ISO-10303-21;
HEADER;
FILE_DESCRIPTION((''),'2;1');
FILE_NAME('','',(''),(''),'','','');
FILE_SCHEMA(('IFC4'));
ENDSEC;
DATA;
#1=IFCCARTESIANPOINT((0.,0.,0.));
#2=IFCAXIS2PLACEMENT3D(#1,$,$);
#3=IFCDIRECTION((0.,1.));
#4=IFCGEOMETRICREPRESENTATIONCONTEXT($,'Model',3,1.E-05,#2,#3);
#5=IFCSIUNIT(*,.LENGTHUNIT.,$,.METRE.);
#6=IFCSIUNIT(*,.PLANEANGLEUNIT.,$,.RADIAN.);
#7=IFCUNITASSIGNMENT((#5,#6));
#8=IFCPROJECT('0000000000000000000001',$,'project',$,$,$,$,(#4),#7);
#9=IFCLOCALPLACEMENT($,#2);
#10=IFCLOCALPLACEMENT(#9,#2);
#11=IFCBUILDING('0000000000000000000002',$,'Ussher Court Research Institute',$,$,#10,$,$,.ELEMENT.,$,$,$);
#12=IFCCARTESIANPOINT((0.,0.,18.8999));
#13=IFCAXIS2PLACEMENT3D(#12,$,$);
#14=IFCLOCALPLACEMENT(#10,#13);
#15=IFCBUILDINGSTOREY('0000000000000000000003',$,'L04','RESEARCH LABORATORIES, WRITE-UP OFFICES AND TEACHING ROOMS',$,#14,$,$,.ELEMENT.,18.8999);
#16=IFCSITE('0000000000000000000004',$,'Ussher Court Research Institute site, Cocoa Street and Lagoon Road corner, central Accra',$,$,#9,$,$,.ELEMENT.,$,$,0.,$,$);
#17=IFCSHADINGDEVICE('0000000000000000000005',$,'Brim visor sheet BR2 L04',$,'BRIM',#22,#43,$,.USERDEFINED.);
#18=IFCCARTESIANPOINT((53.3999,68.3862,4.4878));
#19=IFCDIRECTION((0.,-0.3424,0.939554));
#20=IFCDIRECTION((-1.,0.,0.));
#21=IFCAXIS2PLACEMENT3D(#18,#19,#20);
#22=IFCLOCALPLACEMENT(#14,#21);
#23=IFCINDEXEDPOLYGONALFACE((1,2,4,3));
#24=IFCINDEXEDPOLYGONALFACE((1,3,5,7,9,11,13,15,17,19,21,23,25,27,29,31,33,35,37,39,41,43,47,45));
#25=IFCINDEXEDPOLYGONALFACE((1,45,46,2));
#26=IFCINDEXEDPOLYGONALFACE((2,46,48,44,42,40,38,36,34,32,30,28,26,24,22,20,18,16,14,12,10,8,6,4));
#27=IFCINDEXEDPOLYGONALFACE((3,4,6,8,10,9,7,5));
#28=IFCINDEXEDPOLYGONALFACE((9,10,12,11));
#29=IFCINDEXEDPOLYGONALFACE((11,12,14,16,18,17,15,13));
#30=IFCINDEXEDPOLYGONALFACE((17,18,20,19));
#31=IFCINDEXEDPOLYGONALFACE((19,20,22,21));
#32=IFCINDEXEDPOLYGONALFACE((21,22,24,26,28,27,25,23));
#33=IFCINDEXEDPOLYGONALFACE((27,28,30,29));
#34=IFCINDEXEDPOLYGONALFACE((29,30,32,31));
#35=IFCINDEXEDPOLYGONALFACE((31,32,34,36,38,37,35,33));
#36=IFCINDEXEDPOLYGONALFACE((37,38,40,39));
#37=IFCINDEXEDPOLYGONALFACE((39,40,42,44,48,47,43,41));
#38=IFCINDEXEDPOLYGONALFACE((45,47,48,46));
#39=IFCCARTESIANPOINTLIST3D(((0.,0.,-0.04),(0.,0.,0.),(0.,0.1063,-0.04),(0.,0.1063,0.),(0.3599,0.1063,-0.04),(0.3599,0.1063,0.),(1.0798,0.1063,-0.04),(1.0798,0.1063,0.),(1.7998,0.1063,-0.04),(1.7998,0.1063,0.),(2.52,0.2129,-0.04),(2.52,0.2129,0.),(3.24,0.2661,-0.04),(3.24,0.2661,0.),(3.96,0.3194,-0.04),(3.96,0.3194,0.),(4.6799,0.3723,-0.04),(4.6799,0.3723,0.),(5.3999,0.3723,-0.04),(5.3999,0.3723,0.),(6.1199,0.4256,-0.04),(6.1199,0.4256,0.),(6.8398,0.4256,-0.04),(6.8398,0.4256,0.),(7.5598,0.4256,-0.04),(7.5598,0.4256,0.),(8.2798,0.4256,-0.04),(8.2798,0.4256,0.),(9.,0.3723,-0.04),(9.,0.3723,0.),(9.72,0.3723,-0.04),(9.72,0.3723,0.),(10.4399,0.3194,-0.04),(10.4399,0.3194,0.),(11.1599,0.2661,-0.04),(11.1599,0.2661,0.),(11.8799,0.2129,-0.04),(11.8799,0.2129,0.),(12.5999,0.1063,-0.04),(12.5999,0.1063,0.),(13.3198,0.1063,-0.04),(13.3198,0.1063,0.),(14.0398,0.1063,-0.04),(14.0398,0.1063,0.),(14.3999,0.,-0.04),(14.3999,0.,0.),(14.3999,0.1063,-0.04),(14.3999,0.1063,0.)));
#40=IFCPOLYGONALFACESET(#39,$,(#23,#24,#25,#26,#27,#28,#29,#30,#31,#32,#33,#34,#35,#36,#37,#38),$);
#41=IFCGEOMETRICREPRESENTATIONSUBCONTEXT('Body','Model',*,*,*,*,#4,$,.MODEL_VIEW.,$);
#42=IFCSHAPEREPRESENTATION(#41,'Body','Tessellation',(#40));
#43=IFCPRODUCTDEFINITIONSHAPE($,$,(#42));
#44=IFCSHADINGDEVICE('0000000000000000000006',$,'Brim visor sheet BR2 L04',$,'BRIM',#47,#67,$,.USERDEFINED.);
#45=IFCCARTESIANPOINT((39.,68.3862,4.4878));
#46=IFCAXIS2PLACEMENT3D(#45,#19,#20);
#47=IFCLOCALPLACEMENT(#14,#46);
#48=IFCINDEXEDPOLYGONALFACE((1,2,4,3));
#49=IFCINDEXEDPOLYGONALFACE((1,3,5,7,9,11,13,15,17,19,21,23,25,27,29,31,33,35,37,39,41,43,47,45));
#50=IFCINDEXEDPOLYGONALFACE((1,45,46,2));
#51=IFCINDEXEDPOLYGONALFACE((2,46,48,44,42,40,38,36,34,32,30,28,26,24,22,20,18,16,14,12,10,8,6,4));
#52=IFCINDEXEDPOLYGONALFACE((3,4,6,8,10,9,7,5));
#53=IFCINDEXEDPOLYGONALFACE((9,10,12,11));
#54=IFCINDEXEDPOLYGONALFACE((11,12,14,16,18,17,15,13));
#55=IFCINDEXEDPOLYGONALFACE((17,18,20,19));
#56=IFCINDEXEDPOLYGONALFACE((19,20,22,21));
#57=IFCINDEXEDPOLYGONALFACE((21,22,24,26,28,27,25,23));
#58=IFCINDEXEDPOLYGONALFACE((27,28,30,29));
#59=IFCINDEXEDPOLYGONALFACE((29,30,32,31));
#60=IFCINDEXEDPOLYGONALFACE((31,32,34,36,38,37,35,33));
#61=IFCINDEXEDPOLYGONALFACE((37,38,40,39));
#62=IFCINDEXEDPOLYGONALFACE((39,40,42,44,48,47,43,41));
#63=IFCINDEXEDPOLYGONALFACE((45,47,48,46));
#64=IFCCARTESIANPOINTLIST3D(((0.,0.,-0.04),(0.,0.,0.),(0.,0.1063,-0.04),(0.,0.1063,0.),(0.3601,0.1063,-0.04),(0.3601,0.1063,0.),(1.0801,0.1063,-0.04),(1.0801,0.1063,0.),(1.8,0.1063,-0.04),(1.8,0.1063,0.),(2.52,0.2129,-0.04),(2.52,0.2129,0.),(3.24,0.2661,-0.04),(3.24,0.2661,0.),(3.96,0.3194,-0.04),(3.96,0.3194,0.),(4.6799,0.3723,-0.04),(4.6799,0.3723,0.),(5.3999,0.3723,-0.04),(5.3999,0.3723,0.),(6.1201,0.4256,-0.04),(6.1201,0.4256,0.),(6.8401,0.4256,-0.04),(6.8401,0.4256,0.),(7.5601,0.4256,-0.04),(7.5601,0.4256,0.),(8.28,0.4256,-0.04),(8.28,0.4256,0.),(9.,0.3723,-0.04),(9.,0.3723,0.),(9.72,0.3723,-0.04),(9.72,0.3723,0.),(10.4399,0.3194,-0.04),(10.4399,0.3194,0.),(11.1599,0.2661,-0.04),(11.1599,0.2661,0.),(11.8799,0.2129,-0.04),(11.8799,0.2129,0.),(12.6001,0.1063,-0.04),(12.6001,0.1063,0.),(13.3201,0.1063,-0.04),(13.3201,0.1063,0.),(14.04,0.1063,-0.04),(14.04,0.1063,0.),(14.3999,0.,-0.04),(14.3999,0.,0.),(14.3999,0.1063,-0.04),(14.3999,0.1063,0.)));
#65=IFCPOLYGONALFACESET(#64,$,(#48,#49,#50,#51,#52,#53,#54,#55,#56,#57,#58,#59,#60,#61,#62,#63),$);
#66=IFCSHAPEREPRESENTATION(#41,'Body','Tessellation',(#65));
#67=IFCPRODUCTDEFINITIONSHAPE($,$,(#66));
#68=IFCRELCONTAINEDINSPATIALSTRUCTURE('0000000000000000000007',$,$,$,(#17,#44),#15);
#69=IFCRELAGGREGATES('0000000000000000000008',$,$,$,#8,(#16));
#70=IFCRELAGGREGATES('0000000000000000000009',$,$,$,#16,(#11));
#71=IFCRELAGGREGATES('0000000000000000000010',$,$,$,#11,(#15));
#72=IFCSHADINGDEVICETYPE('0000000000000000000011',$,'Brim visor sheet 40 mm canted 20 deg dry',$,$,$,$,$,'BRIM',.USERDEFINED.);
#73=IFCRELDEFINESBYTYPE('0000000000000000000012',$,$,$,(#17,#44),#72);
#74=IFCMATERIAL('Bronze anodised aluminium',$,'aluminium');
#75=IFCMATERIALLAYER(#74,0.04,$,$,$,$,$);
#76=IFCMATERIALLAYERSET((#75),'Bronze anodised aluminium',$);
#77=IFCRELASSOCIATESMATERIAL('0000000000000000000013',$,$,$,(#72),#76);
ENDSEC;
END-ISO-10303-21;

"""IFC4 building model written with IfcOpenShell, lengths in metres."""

from ifc_helpers import new_model, si_unit, direction, frame, origin, place, context, subcontext, project, spatial, polyline, outline, extrude, material, layer, layer_set, type_object, element, save


model = new_model("IFC4")

# Units and contexts
model_context = context("Model", 3, precision=1e-05, world=origin(), true_north=direction((0.0, 1.0)))
body_context = subcontext(model_context, "Body", "Model", "MODEL_VIEW")
ifc_project = project(units=[si_unit("LENGTHUNIT", "METRE"), si_unit("PLANEANGLEUNIT", "RADIAN")], contexts=[model_context])

# Site, building, storey
site_placement = place(None, origin())
site = spatial("IfcSite", under=ifc_project, at=site_placement, Name="Ussher Court Research Institute site, Cocoa Street and Lagoon Road corner, central Accra", CompositionType="ELEMENT", RefElevation=0.0)
building_placement = place(site_placement, origin())
building = spatial("IfcBuilding", under=site, at=building_placement, Name="Ussher Court Research Institute", CompositionType="ELEMENT")
storey_placement = place(building_placement, frame((0.0, 0.0, 18.8999)))
storey = spatial("IfcBuildingStorey", under=building, at=storey_placement, Name="L04", Description="RESEARCH LABORATORIES, WRITE-UP OFFICES AND TEACHING ROOMS", CompositionType="ELEMENT", Elevation=18.8999)

# Shading devices
ifc_material_1 = material(Name="Bronze anodised aluminium", Category="aluminium")
ifc_layer_1 = layer(ifc_material_1, 0.04)
ifc_layer_set_1 = layer_set([ifc_layer_1], Name="Bronze anodised aluminium")
shading_device_type = type_object("IfcShadingDeviceType", Name="Brim visor sheet 40 mm canted 20 deg dry", ElementType="BRIM", PredefinedType="USERDEFINED", material=ifc_layer_set_1)
shading_device_1_placement = place(storey_placement, frame((53.3999, 68.3862, 4.4878), z_axis=(0.0, -0.3424, 0.939554), x_axis=(-1.0, 0.0, 0.0)))
element("IfcShadingDevice", 1, at=shading_device_1_placement, inside=storey, type_object=shading_device_type, Name="Brim visor sheet BR2 L04", ObjectType="BRIM", PredefinedType="USERDEFINED", context=body_context, shape_type="SweptSolid", body=[
    extrude(outline(polyline([(0.0, 0.0), (14.3999, 0.0), (14.3999, 0.1063), (14.0398, 0.1063), (13.3198, 0.1063), (12.5999, 0.1063), (11.8799, 0.2129), (11.1599, 0.2661), (10.4399, 0.3194), (9.72, 0.3723), (9.0, 0.3723), (8.2798, 0.4256), (7.5598, 0.4256), (6.8398, 0.4256), (6.1199, 0.4256), (5.3999, 0.3723), (4.6799, 0.3723), (3.96, 0.3194), (3.24, 0.2661), (2.52, 0.2129), (1.7998, 0.1063), (1.0798, 0.1063), (0.3599, 0.1063), (0.0, 0.1063), (0.0, 0.0)])), origin(), (0.0, 0.0, -1.0), 0.04),
])
shading_device_2_placement = place(storey_placement, frame((39.0, 68.3862, 4.4878), z_axis=(0.0, -0.3424, 0.939554), x_axis=(-1.0, 0.0, 0.0)))
element("IfcShadingDevice", 2, at=shading_device_2_placement, inside=storey, type_object=shading_device_type, Name="Brim visor sheet BR2 L04", ObjectType="BRIM", PredefinedType="USERDEFINED", context=body_context, shape_type="SweptSolid", body=[
    extrude(outline(polyline([(0.0, 0.0), (14.3999, 0.0), (14.3999, 0.1063), (14.04, 0.1063), (13.3201, 0.1063), (12.6001, 0.1063), (11.8799, 0.2129), (11.1599, 0.2661), (10.4399, 0.3194), (9.72, 0.3723), (9.0, 0.3723), (8.28, 0.4256), (7.5601, 0.4256), (6.8401, 0.4256), (6.1201, 0.4256), (5.3999, 0.3723), (4.6799, 0.3723), (3.96, 0.3194), (3.24, 0.2661), (2.52, 0.2129), (1.8, 0.1063), (1.0801, 0.1063), (0.3601, 0.1063), (0.0, 0.1063), (0.0, 0.0)])), origin(), (0.0, 0.0, -1.0), 0.04),
])

save(model, "model.ifc")
